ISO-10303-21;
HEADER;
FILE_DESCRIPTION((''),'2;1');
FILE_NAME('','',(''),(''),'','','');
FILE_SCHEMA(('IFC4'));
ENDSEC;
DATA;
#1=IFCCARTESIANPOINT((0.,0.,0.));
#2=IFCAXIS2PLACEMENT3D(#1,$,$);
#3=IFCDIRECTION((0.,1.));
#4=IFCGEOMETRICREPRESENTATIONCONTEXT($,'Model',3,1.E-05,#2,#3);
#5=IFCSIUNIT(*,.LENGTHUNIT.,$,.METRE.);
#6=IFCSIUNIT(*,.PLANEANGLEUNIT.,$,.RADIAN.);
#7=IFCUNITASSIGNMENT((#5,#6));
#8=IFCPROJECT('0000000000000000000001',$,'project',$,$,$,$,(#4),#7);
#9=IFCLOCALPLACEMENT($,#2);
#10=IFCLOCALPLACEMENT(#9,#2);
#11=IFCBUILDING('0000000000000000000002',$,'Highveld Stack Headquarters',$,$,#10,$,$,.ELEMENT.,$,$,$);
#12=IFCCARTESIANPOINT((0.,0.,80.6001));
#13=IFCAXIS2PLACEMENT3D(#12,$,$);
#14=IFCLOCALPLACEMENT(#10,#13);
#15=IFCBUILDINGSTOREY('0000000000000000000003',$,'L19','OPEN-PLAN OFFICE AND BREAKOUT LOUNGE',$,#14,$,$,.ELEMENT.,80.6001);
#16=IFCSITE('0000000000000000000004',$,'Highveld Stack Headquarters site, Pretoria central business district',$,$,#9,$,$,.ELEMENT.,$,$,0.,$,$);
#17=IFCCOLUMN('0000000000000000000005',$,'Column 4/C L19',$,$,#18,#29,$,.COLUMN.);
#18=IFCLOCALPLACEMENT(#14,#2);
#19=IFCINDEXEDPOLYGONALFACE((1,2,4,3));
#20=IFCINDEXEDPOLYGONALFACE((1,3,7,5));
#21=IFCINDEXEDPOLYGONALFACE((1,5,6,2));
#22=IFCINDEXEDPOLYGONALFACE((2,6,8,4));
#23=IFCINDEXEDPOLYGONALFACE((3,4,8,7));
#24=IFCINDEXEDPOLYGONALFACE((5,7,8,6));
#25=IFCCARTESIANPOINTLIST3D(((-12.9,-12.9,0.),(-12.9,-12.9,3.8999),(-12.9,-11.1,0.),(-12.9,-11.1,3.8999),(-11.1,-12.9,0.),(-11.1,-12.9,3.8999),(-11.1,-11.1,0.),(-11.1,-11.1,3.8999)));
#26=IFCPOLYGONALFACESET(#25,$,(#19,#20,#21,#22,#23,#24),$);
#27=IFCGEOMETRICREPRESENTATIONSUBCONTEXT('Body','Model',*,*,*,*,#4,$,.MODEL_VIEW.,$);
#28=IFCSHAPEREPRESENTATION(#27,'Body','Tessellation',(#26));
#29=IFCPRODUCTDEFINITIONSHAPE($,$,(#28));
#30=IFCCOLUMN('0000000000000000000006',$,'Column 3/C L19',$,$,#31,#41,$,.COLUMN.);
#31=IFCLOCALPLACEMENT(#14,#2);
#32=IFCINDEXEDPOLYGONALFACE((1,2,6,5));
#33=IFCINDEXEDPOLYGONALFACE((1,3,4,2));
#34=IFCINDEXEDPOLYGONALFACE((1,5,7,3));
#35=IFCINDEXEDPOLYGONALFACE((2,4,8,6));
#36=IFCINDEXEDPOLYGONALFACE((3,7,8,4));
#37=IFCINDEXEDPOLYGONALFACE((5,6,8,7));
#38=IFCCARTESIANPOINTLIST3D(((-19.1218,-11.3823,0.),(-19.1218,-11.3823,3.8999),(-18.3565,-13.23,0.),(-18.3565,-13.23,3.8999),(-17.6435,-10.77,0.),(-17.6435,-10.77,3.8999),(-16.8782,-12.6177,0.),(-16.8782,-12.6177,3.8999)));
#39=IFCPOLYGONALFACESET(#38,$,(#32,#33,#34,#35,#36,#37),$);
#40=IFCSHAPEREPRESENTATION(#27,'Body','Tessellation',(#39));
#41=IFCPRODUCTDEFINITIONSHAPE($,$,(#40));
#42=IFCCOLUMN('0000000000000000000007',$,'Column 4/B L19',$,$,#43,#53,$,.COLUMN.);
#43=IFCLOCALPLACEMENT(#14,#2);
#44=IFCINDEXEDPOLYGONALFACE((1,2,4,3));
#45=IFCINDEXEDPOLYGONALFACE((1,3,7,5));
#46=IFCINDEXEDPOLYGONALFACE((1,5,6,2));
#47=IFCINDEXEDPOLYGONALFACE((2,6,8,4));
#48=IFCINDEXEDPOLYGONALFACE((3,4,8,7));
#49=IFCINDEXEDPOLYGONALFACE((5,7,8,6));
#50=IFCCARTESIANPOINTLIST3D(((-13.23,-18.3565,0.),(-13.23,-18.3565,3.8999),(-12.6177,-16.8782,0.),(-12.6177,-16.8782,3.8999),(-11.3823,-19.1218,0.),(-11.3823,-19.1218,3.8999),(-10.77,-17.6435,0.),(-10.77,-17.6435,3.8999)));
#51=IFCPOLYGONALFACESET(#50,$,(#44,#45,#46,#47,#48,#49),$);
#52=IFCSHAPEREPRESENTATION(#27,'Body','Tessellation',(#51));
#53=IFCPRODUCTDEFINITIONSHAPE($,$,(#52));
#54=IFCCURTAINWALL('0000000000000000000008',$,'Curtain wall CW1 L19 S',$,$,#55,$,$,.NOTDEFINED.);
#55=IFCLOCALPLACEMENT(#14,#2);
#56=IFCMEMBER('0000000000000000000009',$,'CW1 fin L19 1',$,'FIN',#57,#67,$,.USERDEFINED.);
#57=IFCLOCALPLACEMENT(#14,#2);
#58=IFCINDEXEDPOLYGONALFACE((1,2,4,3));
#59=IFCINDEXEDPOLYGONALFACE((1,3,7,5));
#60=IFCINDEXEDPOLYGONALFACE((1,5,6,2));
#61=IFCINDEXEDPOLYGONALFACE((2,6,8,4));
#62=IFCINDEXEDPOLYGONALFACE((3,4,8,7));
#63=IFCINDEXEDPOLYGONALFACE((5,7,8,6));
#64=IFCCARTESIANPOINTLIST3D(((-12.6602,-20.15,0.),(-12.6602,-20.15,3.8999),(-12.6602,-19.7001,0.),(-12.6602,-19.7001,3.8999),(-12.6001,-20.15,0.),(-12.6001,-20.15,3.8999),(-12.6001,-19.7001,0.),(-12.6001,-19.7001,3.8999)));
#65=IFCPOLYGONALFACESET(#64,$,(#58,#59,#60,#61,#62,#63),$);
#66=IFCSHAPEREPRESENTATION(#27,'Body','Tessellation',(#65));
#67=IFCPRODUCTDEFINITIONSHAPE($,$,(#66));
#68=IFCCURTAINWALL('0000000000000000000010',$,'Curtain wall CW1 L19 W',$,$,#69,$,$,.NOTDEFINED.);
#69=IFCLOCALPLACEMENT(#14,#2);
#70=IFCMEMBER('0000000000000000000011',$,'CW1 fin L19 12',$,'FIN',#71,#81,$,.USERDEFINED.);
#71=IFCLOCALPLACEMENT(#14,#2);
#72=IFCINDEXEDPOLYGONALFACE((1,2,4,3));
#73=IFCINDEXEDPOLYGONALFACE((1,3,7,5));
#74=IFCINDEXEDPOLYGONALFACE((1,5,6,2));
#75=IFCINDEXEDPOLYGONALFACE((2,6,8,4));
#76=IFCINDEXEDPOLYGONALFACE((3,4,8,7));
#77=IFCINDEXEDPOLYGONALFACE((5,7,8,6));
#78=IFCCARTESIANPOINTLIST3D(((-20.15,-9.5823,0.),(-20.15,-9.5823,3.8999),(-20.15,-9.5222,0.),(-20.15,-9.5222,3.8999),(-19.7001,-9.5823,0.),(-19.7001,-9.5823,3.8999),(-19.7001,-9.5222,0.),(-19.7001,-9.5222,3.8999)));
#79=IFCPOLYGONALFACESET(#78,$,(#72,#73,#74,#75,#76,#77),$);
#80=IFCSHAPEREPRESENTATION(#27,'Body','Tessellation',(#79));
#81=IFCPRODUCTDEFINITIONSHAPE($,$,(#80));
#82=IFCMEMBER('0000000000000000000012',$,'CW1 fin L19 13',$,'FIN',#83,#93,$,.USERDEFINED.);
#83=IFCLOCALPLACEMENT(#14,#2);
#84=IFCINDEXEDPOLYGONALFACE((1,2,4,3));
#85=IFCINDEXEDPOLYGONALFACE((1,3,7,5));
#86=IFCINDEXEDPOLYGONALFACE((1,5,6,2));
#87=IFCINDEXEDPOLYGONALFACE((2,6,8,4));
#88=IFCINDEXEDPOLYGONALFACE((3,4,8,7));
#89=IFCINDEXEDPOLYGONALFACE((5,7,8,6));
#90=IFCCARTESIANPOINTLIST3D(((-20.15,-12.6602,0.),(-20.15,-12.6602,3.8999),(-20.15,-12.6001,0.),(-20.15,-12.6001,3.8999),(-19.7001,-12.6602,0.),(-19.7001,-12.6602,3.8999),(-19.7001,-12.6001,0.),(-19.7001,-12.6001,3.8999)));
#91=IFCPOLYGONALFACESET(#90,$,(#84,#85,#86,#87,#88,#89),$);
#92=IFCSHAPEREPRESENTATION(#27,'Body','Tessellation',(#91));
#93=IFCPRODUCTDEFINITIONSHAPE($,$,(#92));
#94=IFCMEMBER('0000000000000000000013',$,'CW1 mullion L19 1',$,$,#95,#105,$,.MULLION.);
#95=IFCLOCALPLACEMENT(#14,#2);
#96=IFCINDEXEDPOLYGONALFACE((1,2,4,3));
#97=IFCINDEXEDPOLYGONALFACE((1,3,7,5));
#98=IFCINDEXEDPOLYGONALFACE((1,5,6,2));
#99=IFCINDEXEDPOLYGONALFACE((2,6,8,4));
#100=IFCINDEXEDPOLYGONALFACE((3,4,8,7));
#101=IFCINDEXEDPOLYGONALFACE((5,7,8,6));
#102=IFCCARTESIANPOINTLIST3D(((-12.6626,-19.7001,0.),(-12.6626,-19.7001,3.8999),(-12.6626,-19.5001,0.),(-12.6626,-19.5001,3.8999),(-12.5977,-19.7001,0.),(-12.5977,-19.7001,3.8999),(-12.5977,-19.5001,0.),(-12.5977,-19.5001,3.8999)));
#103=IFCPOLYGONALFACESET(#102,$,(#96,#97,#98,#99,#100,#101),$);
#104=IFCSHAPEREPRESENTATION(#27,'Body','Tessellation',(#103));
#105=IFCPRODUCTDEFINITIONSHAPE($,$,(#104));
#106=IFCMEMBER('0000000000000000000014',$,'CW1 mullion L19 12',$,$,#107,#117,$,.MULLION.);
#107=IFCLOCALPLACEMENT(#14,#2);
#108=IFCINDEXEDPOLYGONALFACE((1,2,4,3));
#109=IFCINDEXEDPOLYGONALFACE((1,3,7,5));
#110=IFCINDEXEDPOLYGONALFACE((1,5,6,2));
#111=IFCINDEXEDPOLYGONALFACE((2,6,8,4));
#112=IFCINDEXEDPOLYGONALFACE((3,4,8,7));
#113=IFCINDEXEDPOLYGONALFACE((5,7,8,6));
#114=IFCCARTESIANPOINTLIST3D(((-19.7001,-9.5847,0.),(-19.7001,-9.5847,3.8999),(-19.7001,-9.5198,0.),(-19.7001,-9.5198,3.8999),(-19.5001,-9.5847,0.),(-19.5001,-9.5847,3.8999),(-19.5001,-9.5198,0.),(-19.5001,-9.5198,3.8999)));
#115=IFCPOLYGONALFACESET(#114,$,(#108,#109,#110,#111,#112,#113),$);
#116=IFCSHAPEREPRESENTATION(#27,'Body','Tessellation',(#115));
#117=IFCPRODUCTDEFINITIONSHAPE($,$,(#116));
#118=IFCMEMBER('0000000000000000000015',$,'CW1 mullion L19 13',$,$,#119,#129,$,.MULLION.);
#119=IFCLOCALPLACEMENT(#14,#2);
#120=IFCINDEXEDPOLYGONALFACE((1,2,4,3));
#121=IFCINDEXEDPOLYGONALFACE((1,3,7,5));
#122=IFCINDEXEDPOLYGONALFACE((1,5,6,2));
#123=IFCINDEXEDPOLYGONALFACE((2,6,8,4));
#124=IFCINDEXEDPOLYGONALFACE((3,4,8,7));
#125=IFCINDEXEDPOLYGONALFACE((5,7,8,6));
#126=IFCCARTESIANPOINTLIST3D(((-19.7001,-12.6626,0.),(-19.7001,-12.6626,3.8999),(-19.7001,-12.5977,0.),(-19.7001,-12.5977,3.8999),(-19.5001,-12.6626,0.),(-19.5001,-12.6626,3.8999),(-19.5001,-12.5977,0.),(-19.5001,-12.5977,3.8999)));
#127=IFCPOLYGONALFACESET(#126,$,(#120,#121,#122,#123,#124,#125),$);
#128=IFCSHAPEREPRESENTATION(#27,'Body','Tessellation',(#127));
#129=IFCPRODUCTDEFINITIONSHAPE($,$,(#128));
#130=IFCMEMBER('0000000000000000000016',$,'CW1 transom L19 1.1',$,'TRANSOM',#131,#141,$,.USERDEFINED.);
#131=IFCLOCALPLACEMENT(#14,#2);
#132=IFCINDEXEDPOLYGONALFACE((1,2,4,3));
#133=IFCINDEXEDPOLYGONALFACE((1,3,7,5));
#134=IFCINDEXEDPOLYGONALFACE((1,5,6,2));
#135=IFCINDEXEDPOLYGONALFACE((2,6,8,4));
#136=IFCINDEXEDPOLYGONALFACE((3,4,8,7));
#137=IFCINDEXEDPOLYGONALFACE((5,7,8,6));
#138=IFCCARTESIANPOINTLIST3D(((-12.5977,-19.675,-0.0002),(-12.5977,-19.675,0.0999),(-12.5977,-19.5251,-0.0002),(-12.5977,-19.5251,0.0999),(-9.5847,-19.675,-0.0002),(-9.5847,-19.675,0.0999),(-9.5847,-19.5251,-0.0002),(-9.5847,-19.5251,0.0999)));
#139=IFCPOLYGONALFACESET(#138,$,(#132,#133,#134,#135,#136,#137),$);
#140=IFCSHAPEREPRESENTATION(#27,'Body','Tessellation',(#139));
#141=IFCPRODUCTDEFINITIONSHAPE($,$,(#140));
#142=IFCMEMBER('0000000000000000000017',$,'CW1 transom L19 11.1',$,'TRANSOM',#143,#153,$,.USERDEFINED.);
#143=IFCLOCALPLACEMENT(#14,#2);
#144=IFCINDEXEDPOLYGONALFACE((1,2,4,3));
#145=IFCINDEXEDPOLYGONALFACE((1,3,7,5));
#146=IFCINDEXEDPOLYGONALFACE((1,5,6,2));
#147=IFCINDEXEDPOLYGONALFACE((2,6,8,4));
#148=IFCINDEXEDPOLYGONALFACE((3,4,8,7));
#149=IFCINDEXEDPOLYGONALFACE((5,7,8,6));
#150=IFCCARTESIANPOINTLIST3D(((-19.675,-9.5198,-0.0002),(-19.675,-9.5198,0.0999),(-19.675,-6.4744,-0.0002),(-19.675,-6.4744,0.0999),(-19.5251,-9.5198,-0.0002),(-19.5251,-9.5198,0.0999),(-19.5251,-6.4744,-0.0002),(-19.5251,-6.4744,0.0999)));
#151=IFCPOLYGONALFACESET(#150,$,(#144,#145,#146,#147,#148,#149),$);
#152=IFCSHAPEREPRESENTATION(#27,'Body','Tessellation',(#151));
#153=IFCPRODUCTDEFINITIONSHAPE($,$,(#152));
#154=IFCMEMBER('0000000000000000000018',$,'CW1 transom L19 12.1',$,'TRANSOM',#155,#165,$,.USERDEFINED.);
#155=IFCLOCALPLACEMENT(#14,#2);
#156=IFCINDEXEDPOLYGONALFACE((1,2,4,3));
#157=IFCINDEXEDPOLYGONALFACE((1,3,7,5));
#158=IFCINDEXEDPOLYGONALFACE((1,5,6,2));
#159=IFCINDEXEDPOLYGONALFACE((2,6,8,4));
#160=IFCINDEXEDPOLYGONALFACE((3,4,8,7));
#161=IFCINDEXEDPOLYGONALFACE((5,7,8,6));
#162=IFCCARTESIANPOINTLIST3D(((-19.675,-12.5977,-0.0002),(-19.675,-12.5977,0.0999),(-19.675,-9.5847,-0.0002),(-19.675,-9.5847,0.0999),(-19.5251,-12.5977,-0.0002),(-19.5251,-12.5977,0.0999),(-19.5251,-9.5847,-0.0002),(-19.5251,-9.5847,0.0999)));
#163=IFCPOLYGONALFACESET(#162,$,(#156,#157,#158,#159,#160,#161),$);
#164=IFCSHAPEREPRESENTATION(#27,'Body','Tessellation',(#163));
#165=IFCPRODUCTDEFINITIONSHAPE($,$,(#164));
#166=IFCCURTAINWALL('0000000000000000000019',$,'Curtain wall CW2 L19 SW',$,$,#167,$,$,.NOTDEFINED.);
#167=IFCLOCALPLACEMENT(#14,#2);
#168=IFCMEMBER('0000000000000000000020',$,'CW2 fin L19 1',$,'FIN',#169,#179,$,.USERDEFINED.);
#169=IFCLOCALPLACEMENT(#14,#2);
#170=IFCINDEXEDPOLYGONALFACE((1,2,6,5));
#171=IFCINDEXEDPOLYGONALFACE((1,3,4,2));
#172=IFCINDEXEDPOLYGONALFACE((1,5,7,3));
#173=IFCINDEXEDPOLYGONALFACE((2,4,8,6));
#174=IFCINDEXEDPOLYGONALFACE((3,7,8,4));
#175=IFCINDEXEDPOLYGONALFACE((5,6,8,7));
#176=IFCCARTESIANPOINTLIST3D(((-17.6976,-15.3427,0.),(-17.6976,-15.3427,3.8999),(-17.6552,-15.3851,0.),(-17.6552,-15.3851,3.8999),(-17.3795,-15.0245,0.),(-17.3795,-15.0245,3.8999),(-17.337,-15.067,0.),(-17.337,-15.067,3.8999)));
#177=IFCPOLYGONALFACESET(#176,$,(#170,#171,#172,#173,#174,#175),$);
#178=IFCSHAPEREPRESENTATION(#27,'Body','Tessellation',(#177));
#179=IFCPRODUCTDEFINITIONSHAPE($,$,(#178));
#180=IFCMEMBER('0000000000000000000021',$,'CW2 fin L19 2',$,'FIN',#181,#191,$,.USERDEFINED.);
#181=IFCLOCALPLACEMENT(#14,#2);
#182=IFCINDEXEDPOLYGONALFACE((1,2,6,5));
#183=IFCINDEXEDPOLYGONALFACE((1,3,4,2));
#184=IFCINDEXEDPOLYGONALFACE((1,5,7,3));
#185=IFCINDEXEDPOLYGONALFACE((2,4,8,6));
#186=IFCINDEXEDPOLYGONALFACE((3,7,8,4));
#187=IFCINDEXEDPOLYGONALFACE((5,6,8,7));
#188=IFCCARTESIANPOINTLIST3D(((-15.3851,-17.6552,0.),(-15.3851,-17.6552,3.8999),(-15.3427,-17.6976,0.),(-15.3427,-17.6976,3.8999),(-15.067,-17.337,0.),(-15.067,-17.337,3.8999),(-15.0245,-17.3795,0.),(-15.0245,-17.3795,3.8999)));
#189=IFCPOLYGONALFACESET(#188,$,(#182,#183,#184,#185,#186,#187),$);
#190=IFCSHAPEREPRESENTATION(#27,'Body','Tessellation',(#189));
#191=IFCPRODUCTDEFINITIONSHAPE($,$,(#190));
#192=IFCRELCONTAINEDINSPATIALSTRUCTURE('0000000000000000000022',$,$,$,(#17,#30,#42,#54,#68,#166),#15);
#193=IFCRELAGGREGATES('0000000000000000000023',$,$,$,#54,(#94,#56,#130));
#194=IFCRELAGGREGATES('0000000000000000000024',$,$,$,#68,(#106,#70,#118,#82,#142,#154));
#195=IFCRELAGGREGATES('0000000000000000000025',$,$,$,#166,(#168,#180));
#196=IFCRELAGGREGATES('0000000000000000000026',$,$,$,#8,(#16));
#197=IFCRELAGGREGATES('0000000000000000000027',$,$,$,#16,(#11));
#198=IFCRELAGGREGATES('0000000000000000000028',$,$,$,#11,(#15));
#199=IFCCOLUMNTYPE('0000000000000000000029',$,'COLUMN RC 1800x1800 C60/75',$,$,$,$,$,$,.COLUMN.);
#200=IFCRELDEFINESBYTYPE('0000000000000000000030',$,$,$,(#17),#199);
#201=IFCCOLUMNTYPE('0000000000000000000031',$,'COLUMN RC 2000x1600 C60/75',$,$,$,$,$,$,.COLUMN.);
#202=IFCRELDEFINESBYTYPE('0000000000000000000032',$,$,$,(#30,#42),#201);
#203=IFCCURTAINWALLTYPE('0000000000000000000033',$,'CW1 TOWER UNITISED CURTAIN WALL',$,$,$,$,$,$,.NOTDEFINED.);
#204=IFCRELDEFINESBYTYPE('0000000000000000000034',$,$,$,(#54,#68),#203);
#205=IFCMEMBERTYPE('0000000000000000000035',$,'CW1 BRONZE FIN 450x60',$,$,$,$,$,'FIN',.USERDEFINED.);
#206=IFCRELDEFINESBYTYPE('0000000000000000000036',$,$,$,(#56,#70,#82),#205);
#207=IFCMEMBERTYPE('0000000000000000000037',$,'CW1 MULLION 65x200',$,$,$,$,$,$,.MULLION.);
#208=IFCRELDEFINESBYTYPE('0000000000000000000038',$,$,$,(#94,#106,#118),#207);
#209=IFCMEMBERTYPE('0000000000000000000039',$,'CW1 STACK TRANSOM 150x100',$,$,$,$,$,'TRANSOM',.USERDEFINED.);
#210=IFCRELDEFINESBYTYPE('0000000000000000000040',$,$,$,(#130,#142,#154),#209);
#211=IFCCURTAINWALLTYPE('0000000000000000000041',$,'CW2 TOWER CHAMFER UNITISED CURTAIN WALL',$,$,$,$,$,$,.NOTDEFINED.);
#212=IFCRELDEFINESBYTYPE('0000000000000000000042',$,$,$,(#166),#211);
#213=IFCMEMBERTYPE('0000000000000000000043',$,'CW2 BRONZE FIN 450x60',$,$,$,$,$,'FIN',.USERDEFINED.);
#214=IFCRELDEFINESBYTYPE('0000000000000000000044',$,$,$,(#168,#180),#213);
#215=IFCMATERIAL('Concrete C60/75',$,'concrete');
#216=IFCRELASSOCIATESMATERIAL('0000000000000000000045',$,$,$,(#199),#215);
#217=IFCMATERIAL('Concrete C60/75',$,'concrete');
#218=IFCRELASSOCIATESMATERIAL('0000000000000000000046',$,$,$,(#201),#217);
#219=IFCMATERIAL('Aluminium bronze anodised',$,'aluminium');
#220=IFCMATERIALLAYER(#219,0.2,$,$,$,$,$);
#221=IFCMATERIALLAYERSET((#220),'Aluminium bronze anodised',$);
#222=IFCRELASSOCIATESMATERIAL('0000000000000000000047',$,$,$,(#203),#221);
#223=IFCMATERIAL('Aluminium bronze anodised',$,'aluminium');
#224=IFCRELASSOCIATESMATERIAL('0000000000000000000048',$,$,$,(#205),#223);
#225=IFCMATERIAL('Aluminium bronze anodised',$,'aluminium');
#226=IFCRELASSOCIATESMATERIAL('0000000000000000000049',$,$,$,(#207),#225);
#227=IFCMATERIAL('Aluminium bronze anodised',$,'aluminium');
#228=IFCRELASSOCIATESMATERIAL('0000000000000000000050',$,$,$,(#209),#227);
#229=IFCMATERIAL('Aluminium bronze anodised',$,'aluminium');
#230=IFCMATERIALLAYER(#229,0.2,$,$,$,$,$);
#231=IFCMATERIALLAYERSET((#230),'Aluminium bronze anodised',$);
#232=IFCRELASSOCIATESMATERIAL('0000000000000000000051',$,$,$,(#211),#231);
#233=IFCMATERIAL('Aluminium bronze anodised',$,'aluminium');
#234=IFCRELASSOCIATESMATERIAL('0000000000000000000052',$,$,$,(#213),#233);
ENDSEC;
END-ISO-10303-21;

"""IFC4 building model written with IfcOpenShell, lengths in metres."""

from ifc_helpers import new_model, si_unit, direction, frame, origin, origin_2d, place, context, subcontext, project, spatial, rectangle, extrude, material, layer, layer_set, material_profile, profile_set, type_object, element, aggregate, save


model = new_model("IFC4")

# Units and contexts
model_context = context("Model", 3, precision=1e-05, world=origin(), true_north=direction((0.0, 1.0)))
body_context = subcontext(model_context, "Body", "Model", "MODEL_VIEW")
ifc_project = project(units=[si_unit("LENGTHUNIT", "METRE"), si_unit("PLANEANGLEUNIT", "RADIAN")], contexts=[model_context])

# Site, building, storey
site_placement = place(None, origin())
site = spatial("IfcSite", under=ifc_project, at=site_placement, Name="Highveld Stack Headquarters site, Pretoria central business district", CompositionType="ELEMENT", RefElevation=0.0)
building_placement = place(site_placement, origin())
building = spatial("IfcBuilding", under=site, at=building_placement, Name="Highveld Stack Headquarters", CompositionType="ELEMENT")
storey_placement = place(building_placement, frame((0.0, 0.0, 80.6001)))
storey = spatial("IfcBuildingStorey", under=building, at=storey_placement, Name="L19", Description="OPEN-PLAN OFFICE AND BREAKOUT LOUNGE", CompositionType="ELEMENT", Elevation=80.6001)

# Columns
ifc_material_1 = material(Name="Concrete C60/75", Category="concrete")
ifc_material_profile_1 = material_profile(ifc_material_1, rectangle(XDim=1.8, YDim=1.8, at=origin_2d()), Name="RC 1800x1800")
ifc_profile_set_1 = profile_set([ifc_material_profile_1], Name="Concrete C60/75")
column_type_1 = type_object("IfcColumnType", Name="COLUMN RC 1800x1800 C60/75", PredefinedType="COLUMN", material=ifc_profile_set_1)
column_placement = place(storey_placement, frame((-12.0, -12.0, 0.0), z_axis=(0.0, 0.0, 1.0), x_axis=(1.0, 0.0, 0.0)))
element("IfcColumn", 1, at=column_placement, inside=storey, type_object=column_type_1, Name="Column 4/C L19", PredefinedType="COLUMN", context=body_context, shape_type="SweptSolid", body=[
    extrude(rectangle(XDim=1.8, YDim=1.8, at=origin_2d()), origin(), (0.0, 0.0, 1.0), 3.8999),
])
ifc_material_2 = material(Name="Concrete C60/75", Category="concrete")
ifc_material_profile_2 = material_profile(ifc_material_2, rectangle(XDim=2.0, YDim=1.6001, at=origin_2d()), Name="RC 2000x1600")
ifc_profile_set_2 = profile_set([ifc_material_profile_2], Name="Concrete C60/75")
column_type_2 = type_object("IfcColumnType", Name="COLUMN RC 2000x1600 C60/75", PredefinedType="COLUMN", material=ifc_profile_set_2)
for number, where, z_axis, x_axis, name in (
    (2, (-18.0, -12.0, 0.0), (0.0, 0.0, 1.0), (-0.382683, 0.92388, 0.0), "Column 3/C L19"),
    (3, (-12.0, -18.0, 0.0), (0.0, 0.0, 1.0), (-0.92388, 0.382683, 0.0), "Column 4/B L19"),
):
    element("IfcColumn", number, at=place(storey_placement, frame(where, z_axis=z_axis, x_axis=x_axis)), inside=storey, type_object=column_type_2, Name=name, PredefinedType="COLUMN", context=body_context, shape_type="SweptSolid", body=[
        extrude(rectangle(XDim=2.0, YDim=1.6001, at=origin_2d()), origin(), (0.0, 0.0, 1.0), 3.8999),
    ])

# Curtain wall, member
ifc_material_3 = material(Name="Aluminium bronze anodised", Category="aluminium")
ifc_layer_1 = layer(ifc_material_3, 0.2)
ifc_layer_set_1 = layer_set([ifc_layer_1], Name="Aluminium bronze anodised")
curtain_wall_type_1 = type_object("IfcCurtainWallType", Name="CW1 TOWER UNITISED CURTAIN WALL", PredefinedType="NOTDEFINED", material=ifc_layer_set_1)
curtain_wall_1_placement = place(storey_placement, origin())
curtain_wall_1 = element("IfcCurtainWall", 4, at=curtain_wall_1_placement, inside=storey, type_object=curtain_wall_type_1, Name="Curtain wall CW1 L19 S", PredefinedType="NOTDEFINED")
ifc_material_4 = material(Name="Aluminium bronze anodised", Category="aluminium")
ifc_material_profile_3 = material_profile(ifc_material_4, rectangle(XDim=0.45, YDim=0.0601, at=origin_2d()), Name="FIN 450x60")
ifc_profile_set_3 = profile_set([ifc_material_profile_3], Name="Aluminium bronze anodised")
member_type_1 = type_object("IfcMemberType", Name="CW1 BRONZE FIN 450x60", ElementType="FIN", PredefinedType="USERDEFINED", material=ifc_profile_set_3)
member_1_placement = place(storey_placement, frame((-12.6301, -19.925, 0.0), z_axis=(0.0, 0.0, 1.0), x_axis=(0.0, 1.0, 0.0)))
member_1 = element("IfcMember", 5, at=member_1_placement, type_object=member_type_1, Name="CW1 fin L19 1", ObjectType="FIN", PredefinedType="USERDEFINED", context=body_context, shape_type="SweptSolid", body=[
    extrude(rectangle(XDim=0.45, YDim=0.0601, at=origin_2d()), origin(), (0.0, 0.0, 1.0), 3.8999),
])

# Curtain wall, members
curtain_wall_2_placement = place(storey_placement, origin())
curtain_wall_2 = element("IfcCurtainWall", 6, at=curtain_wall_2_placement, inside=storey, type_object=curtain_wall_type_1, Name="Curtain wall CW1 L19 W", PredefinedType="NOTDEFINED")
member_2_placement = place(storey_placement, frame((-19.925, -9.5522, 0.0), z_axis=(0.0, 0.0, 1.0), x_axis=(1.0, 0.0, 0.0)))
member_2 = element("IfcMember", 7, at=member_2_placement, type_object=member_type_1, Name="CW1 fin L19 12", ObjectType="FIN", PredefinedType="USERDEFINED", context=body_context, shape_type="SweptSolid", body=[
    extrude(rectangle(XDim=0.45, YDim=0.0601, at=origin_2d()), origin(), (0.0, 0.0, 1.0), 3.8999),
])
member_3_placement = place(storey_placement, frame((-19.925, -12.6301, 0.0), z_axis=(0.0, 0.0, 1.0), x_axis=(1.0, 0.0, 0.0)))
member_3 = element("IfcMember", 8, at=member_3_placement, type_object=member_type_1, Name="CW1 fin L19 13", ObjectType="FIN", PredefinedType="USERDEFINED", context=body_context, shape_type="SweptSolid", body=[
    extrude(rectangle(XDim=0.45, YDim=0.0601, at=origin_2d()), origin(), (0.0, 0.0, 1.0), 3.8999),
])

# Members
ifc_material_5 = material(Name="Aluminium bronze anodised", Category="aluminium")
ifc_material_profile_4 = material_profile(ifc_material_5, rectangle(XDim=0.2, YDim=0.0649, at=origin_2d()), Name="CW1 MULLION 65x200")
ifc_profile_set_4 = profile_set([ifc_material_profile_4], Name="Aluminium bronze anodised")
member_type_2 = type_object("IfcMemberType", Name="CW1 MULLION 65x200", PredefinedType="MULLION", material=ifc_profile_set_4)
member_4_placement = place(storey_placement, frame((-12.6301, -19.6001, 0.0), z_axis=(0.0, 0.0, 1.0), x_axis=(0.0, 1.0, 0.0)))
member_4 = element("IfcMember", 9, at=member_4_placement, type_object=member_type_2, Name="CW1 mullion L19 1", PredefinedType="MULLION", context=body_context, shape_type="SweptSolid", body=[
    extrude(rectangle(XDim=0.2, YDim=0.0649, at=origin_2d()), origin(), (0.0, 0.0, 1.0), 3.8999),
])
member_5_placement = place(storey_placement, frame((-19.6001, -9.5522, 0.0), z_axis=(0.0, 0.0, 1.0), x_axis=(1.0, 0.0, 0.0)))
member_5 = element("IfcMember", 10, at=member_5_placement, type_object=member_type_2, Name="CW1 mullion L19 12", PredefinedType="MULLION", context=body_context, shape_type="SweptSolid", body=[
    extrude(rectangle(XDim=0.2, YDim=0.0649, at=origin_2d()), origin(), (0.0, 0.0, 1.0), 3.8999),
])
member_6_placement = place(storey_placement, frame((-19.6001, -12.6301, 0.0), z_axis=(0.0, 0.0, 1.0), x_axis=(1.0, 0.0, 0.0)))
member_6 = element("IfcMember", 11, at=member_6_placement, type_object=member_type_2, Name="CW1 mullion L19 13", PredefinedType="MULLION", context=body_context, shape_type="SweptSolid", body=[
    extrude(rectangle(XDim=0.2, YDim=0.0649, at=origin_2d()), origin(), (0.0, 0.0, 1.0), 3.8999),
])
ifc_material_6 = material(Name="Aluminium bronze anodised", Category="aluminium")
ifc_material_profile_5 = material_profile(ifc_material_6, rectangle(XDim=0.1499, YDim=0.1001, at=origin_2d()), Name="CW1 TRANSOM 150x100")
ifc_profile_set_5 = profile_set([ifc_material_profile_5], Name="Aluminium bronze anodised")
member_type_3 = type_object("IfcMemberType", Name="CW1 STACK TRANSOM 150x100", ElementType="TRANSOM", PredefinedType="USERDEFINED", material=ifc_profile_set_5)
member_7_placement = place(storey_placement, frame((-12.5977, -19.6001, 0.0498), z_axis=(1.0, 0.0, 0.0), x_axis=(0.0, 1.0, 0.0)))
member_7 = element("IfcMember", 12, at=member_7_placement, type_object=member_type_3, Name="CW1 transom L19 1.1", ObjectType="TRANSOM", PredefinedType="USERDEFINED", context=body_context, shape_type="SweptSolid", body=[
    extrude(rectangle(XDim=0.1499, YDim=0.1001, at=origin_2d()), origin(), (0.0, 0.0, 1.0), 3.0129),
])
aggregate(curtain_wall_1, [member_4, member_1, member_7])
member_8_placement = place(storey_placement, frame((-19.6001, -6.4744, 0.0498), z_axis=(0.0, -1.0, 0.0), x_axis=(1.0, 0.0, 0.0)))
member_8 = element("IfcMember", 13, at=member_8_placement, type_object=member_type_3, Name="CW1 transom L19 11.1", ObjectType="TRANSOM", PredefinedType="USERDEFINED", context=body_context, shape_type="SweptSolid", body=[
    extrude(rectangle(XDim=0.1499, YDim=0.1001, at=origin_2d()), origin(), (0.0, 0.0, 1.0), 3.0454),
])
member_9_placement = place(storey_placement, frame((-19.6001, -9.5847, 0.0498), z_axis=(0.0, -1.0, 0.0), x_axis=(1.0, 0.0, 0.0)))
member_9 = element("IfcMember", 14, at=member_9_placement, type_object=member_type_3, Name="CW1 transom L19 12.1", ObjectType="TRANSOM", PredefinedType="USERDEFINED", context=body_context, shape_type="SweptSolid", body=[
    extrude(rectangle(XDim=0.1499, YDim=0.1001, at=origin_2d()), origin(), (0.0, 0.0, 1.0), 3.0129),
])

# Curtain wall, members
ifc_material_7 = material(Name="Aluminium bronze anodised", Category="aluminium")
ifc_layer_2 = layer(ifc_material_7, 0.2)
ifc_layer_set_2 = layer_set([ifc_layer_2], Name="Aluminium bronze anodised")
curtain_wall_type_2 = type_object("IfcCurtainWallType", Name="CW2 TOWER CHAMFER UNITISED CURTAIN WALL", PredefinedType="NOTDEFINED", material=ifc_layer_set_2)
curtain_wall_3_placement = place(storey_placement, origin())
curtain_wall_3 = element("IfcCurtainWall", 15, at=curtain_wall_3_placement, inside=storey, type_object=curtain_wall_type_2, Name="Curtain wall CW2 L19 SW", PredefinedType="NOTDEFINED")
ifc_material_8 = material(Name="Aluminium bronze anodised", Category="aluminium")
ifc_material_profile_6 = material_profile(ifc_material_8, rectangle(XDim=0.45, YDim=0.0601, at=origin_2d()), Name="FIN 450x60")
ifc_profile_set_6 = profile_set([ifc_material_profile_6], Name="Aluminium bronze anodised")
member_type_4 = type_object("IfcMemberType", Name="CW2 BRONZE FIN 450x60", ElementType="FIN", PredefinedType="USERDEFINED", material=ifc_profile_set_6)
member_10_placement = place(storey_placement, frame((-17.5173, -15.2048, 0.0), z_axis=(0.0, 0.0, 1.0), x_axis=(0.707107, 0.707107, 0.0)))
member_10 = element("IfcMember", 16, at=member_10_placement, type_object=member_type_4, Name="CW2 fin L19 1", ObjectType="FIN", PredefinedType="USERDEFINED", context=body_context, shape_type="SweptSolid", body=[
    extrude(rectangle(XDim=0.45, YDim=0.0601, at=origin_2d()), origin(), (0.0, 0.0, 1.0), 3.8999),
])
member_11_placement = place(storey_placement, frame((-15.2048, -17.5173, 0.0), z_axis=(0.0, 0.0, 1.0), x_axis=(0.707107, 0.707107, 0.0)))
member_11 = element("IfcMember", 17, at=member_11_placement, type_object=member_type_4, Name="CW2 fin L19 2", ObjectType="FIN", PredefinedType="USERDEFINED", context=body_context, shape_type="SweptSolid", body=[
    extrude(rectangle(XDim=0.45, YDim=0.0601, at=origin_2d()), origin(), (0.0, 0.0, 1.0), 3.8999),
])

aggregate(curtain_wall_2, [member_5, member_2, member_6, member_3, member_8, member_9])
aggregate(curtain_wall_3, [member_10, member_11])

save(model, "model.ifc")
